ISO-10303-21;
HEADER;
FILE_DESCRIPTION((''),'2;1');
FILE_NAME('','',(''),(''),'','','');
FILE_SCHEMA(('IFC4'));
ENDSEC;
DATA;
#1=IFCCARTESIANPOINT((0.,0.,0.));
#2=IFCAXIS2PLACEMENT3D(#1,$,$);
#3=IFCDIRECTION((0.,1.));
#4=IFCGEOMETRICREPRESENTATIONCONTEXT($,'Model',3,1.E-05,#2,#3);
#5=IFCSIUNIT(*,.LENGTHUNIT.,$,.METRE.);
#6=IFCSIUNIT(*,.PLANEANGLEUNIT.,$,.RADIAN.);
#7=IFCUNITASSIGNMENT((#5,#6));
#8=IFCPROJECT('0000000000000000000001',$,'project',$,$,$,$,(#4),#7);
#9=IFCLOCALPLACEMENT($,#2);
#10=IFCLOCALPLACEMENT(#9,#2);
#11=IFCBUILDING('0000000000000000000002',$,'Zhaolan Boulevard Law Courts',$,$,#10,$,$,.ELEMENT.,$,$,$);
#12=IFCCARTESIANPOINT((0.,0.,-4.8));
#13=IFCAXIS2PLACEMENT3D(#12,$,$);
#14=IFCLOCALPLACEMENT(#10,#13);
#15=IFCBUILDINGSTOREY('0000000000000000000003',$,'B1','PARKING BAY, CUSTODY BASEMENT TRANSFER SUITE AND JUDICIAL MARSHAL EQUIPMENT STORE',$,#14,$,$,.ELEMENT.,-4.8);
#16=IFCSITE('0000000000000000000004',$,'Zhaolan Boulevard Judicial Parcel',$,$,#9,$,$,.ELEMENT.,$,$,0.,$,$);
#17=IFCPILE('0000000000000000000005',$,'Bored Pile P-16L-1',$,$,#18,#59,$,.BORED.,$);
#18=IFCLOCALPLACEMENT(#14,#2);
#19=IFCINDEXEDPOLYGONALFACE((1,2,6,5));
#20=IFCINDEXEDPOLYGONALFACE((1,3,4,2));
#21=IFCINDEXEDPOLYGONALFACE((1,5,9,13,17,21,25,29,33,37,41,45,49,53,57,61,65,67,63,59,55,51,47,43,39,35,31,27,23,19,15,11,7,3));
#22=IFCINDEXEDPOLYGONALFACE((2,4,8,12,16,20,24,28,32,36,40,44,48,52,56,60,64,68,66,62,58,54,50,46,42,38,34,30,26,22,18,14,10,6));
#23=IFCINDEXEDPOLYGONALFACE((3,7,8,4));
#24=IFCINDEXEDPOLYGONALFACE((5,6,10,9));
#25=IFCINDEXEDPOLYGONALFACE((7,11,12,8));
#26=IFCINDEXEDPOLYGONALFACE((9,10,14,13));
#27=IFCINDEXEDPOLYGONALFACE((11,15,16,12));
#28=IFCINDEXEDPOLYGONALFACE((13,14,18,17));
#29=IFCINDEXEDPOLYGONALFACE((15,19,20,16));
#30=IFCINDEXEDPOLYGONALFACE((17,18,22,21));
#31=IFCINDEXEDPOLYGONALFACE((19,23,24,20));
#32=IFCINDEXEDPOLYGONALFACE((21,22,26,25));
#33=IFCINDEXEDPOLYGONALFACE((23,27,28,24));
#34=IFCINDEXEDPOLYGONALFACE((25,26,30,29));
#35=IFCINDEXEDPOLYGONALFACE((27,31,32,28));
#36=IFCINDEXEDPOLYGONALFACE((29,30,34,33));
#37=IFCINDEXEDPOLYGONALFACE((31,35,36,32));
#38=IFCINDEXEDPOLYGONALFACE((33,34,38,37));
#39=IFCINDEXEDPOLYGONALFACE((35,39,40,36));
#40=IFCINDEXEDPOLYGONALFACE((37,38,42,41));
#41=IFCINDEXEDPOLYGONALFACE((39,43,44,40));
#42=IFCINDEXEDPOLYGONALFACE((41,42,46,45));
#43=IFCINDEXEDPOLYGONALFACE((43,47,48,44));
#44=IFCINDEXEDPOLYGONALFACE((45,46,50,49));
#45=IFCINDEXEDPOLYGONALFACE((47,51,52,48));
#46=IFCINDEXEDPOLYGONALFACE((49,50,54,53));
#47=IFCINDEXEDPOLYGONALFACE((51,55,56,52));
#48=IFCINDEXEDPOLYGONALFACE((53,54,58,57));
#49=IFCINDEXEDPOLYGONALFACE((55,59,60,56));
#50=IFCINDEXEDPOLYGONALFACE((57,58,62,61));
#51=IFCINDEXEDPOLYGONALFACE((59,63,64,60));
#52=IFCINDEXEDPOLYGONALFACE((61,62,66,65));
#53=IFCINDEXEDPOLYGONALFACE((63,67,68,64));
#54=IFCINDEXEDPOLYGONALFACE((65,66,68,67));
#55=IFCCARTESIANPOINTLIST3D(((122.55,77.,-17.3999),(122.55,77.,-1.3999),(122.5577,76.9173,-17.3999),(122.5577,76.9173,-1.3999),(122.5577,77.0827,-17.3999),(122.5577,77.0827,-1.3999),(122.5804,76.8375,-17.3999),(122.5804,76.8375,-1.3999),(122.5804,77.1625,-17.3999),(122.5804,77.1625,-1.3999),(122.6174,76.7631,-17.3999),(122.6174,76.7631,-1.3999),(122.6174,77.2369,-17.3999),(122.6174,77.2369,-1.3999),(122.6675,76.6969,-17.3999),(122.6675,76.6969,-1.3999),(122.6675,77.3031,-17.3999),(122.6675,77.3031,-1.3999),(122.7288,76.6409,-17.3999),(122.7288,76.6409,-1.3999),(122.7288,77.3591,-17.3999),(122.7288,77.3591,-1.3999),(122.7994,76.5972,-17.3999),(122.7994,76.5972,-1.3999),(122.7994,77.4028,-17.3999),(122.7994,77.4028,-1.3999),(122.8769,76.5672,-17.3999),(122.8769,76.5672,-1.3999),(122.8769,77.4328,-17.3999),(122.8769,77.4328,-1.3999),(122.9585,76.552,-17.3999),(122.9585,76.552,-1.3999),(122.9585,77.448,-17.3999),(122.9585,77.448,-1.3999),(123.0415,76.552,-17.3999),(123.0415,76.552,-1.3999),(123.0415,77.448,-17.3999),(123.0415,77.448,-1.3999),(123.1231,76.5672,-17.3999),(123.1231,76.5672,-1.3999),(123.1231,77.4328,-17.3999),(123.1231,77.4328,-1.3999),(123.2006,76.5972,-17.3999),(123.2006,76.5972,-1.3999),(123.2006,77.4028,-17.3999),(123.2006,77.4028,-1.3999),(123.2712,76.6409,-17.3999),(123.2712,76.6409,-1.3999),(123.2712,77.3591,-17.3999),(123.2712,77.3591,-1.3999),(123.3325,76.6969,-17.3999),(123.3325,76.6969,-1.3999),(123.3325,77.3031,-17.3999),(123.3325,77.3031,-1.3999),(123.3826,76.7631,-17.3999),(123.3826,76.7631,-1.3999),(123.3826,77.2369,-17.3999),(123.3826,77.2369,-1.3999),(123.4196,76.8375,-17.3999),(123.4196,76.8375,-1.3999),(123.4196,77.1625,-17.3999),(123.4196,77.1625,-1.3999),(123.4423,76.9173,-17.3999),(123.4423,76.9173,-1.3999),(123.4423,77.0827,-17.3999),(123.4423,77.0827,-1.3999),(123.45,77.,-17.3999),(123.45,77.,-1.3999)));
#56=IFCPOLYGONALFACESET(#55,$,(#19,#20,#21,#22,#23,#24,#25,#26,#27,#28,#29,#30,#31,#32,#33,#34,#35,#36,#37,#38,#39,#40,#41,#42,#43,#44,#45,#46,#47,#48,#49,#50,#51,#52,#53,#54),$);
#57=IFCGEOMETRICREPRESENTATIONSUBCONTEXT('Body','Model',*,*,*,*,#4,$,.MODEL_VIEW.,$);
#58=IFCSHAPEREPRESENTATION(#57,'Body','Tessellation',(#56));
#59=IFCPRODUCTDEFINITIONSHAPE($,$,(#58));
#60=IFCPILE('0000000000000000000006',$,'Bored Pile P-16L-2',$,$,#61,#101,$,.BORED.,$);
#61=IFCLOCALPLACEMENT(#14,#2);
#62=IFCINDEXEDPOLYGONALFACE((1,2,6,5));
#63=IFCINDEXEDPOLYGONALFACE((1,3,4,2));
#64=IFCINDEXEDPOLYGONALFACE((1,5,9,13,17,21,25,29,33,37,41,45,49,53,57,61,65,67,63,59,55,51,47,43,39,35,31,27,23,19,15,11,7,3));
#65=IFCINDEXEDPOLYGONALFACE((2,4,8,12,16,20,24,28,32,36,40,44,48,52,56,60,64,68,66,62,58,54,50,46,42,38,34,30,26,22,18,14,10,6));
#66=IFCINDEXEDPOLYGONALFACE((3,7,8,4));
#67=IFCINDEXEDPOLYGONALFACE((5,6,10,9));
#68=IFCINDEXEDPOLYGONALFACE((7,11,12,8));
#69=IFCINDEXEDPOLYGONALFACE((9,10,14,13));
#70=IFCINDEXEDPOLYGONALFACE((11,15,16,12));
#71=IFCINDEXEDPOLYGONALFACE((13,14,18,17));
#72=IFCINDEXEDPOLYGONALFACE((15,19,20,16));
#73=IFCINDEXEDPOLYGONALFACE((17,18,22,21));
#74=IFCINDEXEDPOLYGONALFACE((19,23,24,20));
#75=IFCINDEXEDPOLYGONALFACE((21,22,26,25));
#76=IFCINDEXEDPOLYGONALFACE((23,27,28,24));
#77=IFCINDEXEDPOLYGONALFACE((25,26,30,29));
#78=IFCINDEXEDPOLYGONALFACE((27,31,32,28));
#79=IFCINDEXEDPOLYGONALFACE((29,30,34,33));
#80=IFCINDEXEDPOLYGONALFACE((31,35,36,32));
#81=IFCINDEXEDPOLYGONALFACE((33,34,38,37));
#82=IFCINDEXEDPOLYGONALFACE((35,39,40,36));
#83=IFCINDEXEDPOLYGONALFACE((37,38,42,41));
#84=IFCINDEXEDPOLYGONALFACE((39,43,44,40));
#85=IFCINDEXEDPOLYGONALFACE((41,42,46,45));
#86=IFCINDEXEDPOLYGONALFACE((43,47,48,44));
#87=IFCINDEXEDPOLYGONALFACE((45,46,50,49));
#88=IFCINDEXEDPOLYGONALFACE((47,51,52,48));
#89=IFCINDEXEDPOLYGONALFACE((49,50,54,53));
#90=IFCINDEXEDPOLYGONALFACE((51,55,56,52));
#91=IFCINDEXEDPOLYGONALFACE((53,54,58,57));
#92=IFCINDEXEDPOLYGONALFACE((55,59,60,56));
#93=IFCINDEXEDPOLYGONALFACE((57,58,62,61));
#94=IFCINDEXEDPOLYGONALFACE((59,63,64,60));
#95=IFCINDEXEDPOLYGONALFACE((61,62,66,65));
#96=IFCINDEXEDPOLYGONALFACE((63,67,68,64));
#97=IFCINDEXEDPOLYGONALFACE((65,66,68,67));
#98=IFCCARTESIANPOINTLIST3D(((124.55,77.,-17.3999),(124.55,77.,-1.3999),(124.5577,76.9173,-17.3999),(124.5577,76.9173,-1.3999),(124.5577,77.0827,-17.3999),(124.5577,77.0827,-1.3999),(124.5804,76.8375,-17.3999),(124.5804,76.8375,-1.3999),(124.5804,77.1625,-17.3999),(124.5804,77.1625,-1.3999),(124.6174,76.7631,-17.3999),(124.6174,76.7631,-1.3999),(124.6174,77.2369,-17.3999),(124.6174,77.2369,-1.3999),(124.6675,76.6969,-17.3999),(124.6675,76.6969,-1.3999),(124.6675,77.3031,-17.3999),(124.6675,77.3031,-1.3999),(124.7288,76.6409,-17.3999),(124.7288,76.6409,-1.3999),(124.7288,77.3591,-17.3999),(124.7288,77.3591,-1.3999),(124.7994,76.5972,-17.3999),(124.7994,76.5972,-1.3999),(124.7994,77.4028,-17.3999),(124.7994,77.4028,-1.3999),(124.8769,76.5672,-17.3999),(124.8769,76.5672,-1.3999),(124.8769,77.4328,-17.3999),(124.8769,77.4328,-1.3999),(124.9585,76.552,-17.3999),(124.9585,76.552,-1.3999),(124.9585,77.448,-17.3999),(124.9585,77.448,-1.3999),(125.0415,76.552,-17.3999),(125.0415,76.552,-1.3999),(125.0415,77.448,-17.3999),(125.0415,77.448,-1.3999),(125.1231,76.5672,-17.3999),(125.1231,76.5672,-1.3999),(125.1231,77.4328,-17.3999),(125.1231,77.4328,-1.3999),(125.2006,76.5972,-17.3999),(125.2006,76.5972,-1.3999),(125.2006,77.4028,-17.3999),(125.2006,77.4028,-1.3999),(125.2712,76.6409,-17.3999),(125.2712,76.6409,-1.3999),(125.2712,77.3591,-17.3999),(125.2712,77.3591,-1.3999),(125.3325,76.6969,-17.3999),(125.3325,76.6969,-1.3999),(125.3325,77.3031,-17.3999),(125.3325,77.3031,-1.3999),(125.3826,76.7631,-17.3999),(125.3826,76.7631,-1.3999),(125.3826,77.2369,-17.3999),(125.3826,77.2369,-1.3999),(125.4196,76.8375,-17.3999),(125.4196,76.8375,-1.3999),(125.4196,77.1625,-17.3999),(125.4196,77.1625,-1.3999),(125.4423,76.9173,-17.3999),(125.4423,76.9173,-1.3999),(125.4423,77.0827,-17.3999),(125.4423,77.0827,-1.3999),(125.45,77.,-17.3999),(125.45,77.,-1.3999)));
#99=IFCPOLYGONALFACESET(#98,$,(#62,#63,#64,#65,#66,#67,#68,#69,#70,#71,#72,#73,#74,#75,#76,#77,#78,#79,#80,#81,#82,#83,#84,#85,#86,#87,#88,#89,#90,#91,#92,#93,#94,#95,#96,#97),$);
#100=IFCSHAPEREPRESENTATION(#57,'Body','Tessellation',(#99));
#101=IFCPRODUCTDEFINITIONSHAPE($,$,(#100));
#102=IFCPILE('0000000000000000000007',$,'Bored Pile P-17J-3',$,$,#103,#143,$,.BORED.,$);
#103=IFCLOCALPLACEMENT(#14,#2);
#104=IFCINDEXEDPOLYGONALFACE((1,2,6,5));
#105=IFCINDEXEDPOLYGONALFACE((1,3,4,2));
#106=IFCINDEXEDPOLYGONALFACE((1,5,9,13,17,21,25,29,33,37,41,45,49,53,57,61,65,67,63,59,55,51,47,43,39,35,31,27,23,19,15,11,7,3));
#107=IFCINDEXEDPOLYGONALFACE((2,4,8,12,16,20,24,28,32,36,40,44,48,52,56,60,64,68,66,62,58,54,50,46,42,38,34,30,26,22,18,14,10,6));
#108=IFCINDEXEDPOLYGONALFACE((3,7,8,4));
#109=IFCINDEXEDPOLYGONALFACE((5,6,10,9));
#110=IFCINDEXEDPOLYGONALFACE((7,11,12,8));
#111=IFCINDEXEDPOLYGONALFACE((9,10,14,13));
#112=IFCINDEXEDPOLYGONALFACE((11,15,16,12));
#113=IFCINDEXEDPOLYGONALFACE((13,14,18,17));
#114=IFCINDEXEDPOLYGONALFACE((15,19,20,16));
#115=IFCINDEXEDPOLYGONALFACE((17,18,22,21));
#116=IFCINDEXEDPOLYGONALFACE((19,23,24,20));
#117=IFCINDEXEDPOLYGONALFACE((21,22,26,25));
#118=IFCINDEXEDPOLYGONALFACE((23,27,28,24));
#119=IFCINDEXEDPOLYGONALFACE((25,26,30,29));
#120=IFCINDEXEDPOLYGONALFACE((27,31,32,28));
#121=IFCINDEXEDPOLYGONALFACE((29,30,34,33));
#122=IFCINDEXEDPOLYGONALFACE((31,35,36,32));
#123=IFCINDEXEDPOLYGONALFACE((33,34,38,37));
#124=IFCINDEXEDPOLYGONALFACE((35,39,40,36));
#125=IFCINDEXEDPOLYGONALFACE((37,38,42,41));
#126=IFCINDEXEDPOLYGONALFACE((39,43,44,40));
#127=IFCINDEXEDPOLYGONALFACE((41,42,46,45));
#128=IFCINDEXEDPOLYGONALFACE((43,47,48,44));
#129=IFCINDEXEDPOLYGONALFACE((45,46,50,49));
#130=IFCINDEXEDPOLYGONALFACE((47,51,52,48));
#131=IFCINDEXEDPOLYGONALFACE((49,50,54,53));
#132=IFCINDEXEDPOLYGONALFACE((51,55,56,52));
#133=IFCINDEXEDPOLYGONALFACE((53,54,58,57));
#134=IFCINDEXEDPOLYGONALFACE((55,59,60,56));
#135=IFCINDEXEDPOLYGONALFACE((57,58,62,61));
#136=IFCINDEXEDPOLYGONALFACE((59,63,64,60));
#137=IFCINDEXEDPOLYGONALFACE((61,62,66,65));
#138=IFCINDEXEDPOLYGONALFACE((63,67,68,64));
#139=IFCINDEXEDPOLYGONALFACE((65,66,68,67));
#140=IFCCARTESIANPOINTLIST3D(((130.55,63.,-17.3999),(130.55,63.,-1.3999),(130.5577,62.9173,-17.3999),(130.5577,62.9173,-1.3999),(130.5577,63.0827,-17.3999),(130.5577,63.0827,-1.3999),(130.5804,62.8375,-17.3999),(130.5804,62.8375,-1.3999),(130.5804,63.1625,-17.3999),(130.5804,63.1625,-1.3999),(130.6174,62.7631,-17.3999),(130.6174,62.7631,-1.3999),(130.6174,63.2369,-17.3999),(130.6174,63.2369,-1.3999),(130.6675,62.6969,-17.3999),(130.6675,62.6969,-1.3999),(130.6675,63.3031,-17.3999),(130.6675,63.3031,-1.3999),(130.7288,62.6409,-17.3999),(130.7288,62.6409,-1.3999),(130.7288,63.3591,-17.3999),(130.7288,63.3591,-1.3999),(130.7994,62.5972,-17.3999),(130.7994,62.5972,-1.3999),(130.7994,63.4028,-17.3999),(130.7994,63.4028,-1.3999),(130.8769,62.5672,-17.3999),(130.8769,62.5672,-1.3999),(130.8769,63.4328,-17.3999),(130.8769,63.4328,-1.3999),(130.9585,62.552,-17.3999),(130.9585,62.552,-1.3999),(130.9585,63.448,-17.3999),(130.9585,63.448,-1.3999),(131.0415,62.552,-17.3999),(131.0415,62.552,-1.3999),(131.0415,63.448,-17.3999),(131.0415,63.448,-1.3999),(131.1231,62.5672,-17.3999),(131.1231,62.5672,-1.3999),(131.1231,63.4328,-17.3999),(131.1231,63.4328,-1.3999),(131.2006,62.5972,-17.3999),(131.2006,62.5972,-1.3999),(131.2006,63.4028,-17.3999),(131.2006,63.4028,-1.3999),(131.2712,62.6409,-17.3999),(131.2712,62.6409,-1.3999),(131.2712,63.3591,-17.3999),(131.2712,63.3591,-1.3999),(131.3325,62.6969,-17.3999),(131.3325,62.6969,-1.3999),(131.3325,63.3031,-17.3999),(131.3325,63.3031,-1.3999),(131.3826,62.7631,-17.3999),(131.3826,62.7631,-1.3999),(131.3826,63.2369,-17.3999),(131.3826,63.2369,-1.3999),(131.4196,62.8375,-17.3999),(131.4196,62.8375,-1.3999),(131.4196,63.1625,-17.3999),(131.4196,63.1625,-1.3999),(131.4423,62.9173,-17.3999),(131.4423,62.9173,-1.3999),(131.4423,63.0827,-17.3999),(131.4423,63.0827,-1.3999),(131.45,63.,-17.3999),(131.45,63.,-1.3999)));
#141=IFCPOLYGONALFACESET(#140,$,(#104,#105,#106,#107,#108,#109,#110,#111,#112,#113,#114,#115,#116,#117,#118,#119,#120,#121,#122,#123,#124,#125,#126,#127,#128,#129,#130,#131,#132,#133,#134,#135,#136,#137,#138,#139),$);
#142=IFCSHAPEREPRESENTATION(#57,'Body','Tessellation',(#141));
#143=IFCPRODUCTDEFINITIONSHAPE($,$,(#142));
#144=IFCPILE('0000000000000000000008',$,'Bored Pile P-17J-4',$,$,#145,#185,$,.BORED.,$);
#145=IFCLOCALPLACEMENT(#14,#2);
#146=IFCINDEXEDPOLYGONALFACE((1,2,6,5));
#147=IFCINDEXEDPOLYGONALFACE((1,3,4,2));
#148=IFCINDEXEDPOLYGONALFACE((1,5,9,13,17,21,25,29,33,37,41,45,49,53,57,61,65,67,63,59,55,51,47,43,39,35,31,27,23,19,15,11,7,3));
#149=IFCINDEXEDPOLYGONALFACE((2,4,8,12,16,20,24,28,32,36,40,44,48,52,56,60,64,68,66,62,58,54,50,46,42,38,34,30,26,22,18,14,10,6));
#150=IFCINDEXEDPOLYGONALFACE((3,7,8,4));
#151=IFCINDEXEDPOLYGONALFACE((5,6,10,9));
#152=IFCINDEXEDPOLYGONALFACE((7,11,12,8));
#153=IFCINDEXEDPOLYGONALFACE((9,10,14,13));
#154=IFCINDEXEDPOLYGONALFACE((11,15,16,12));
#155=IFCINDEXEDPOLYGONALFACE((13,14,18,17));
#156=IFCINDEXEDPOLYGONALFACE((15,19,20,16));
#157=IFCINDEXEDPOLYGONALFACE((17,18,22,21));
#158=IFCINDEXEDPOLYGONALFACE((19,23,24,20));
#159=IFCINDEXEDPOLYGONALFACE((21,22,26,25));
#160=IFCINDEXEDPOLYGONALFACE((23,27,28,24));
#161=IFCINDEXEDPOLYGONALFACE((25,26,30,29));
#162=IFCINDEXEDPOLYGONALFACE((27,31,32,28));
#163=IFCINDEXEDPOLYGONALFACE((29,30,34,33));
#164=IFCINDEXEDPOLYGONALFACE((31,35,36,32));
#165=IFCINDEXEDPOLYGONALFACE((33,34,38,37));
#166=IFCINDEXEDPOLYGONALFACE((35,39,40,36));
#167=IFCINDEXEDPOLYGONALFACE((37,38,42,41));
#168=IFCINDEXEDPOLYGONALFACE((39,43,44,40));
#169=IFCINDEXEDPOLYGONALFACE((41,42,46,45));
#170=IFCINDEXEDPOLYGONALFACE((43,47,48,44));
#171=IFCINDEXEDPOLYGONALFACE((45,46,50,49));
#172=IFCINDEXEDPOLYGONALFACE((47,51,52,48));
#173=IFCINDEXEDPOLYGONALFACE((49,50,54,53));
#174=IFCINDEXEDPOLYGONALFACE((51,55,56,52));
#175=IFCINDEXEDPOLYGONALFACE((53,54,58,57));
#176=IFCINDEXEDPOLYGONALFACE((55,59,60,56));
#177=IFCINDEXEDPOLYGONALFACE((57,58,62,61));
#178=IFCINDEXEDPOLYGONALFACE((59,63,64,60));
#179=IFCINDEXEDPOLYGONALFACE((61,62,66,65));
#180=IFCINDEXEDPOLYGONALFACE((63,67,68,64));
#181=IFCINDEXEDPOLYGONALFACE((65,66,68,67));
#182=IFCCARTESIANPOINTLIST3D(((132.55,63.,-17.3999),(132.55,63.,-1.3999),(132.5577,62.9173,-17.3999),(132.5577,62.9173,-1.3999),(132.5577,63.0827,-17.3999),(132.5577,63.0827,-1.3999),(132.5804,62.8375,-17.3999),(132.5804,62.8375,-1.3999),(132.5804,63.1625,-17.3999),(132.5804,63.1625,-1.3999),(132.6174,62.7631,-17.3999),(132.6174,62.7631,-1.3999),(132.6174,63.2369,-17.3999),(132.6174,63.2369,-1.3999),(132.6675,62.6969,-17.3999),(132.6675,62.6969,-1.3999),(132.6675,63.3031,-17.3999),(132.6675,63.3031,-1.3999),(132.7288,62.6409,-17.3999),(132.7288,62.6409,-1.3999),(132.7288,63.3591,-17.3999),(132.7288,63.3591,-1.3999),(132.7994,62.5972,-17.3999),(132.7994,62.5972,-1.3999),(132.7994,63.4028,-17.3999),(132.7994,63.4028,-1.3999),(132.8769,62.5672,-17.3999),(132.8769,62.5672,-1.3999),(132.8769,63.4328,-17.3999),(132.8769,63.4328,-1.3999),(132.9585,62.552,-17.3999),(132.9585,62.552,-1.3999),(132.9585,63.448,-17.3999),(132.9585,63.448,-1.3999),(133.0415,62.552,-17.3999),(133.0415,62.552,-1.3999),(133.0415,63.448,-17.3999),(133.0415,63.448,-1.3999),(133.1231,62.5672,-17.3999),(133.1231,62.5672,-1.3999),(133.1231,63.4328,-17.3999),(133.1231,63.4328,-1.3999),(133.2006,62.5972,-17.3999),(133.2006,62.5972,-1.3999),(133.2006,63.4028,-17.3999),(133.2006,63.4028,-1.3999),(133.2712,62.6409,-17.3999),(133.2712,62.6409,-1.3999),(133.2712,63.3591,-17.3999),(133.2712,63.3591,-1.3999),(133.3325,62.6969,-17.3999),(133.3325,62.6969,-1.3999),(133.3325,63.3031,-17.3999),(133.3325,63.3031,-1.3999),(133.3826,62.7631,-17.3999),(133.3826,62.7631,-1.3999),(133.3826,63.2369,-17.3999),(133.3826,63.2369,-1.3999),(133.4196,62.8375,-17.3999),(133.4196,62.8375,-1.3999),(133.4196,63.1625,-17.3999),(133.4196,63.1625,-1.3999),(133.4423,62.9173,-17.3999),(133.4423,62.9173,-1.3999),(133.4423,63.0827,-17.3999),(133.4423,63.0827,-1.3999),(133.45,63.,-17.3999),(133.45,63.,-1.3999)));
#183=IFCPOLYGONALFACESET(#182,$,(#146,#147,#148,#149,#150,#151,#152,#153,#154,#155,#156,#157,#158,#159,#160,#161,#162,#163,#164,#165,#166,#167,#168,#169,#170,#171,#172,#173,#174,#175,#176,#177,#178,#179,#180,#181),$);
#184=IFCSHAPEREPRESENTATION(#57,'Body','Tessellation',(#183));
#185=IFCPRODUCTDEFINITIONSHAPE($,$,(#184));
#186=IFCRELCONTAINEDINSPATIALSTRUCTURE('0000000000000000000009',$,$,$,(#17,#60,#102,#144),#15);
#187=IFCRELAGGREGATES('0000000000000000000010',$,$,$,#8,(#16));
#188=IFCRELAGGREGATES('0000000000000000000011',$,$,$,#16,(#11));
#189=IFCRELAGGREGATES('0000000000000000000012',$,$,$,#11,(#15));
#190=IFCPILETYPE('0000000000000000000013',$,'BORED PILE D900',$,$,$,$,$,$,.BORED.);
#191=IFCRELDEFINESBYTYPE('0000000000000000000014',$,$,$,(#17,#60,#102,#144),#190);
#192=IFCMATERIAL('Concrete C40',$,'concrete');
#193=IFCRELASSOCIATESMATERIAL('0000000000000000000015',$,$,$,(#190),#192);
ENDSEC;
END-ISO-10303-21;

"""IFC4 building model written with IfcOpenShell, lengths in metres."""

from ifc_helpers import new_model, si_unit, direction, frame, origin, origin_2d, place, context, subcontext, project, spatial, circle, extrude, material, material_profile, profile_set, type_object, element, save


model = new_model("IFC4")

# Units and contexts
model_context = context("Model", 3, precision=1e-05, world=origin(), true_north=direction((0.0, 1.0)))
body_context = subcontext(model_context, "Body", "Model", "MODEL_VIEW")
ifc_project = project(units=[si_unit("LENGTHUNIT", "METRE"), si_unit("PLANEANGLEUNIT", "RADIAN")], contexts=[model_context])

# Site, building, storey
site_placement = place(None, origin())
site = spatial("IfcSite", under=ifc_project, at=site_placement, Name="Zhaolan Boulevard Judicial Parcel", CompositionType="ELEMENT", RefElevation=0.0)
building_placement = place(site_placement, origin())
building = spatial("IfcBuilding", under=site, at=building_placement, Name="Zhaolan Boulevard Law Courts", CompositionType="ELEMENT")
storey_placement = place(building_placement, frame((0.0, 0.0, -4.8)))
storey = spatial("IfcBuildingStorey", under=building, at=storey_placement, Name="B1", Description="PARKING BAY, CUSTODY BASEMENT TRANSFER SUITE AND JUDICIAL MARSHAL EQUIPMENT STORE", CompositionType="ELEMENT", Elevation=-4.8)

# Piles
ifc_material_1 = material(Name="Concrete C40", Category="concrete")
ifc_material_profile_1 = material_profile(ifc_material_1, circle(Radius=0.45, at=origin_2d()), Name="PILE-D900")
ifc_profile_set_1 = profile_set([ifc_material_profile_1], Name="Concrete C40")
pile_type = type_object("IfcPileType", Name="BORED PILE D900", PredefinedType="BORED", material=ifc_profile_set_1)
for number, where, z_axis, x_axis, name in (
    (1, (123.0, 77.0, -1.3999), (0.0, 0.0, -1.0), (1.0, 0.0, 0.0), "Bored Pile P-16L-1"),
    (2, (125.0, 77.0, -1.3999), (0.0, 0.0, -1.0), (1.0, 0.0, 0.0), "Bored Pile P-16L-2"),
    (3, (131.0, 63.0, -1.3999), (0.0, 0.0, -1.0), (1.0, 0.0, 0.0), "Bored Pile P-17J-3"),
    (4, (133.0, 63.0, -1.3999), (0.0, 0.0, -1.0), (1.0, 0.0, 0.0), "Bored Pile P-17J-4"),
):
    element("IfcPile", number, at=place(storey_placement, frame(where, z_axis=z_axis, x_axis=x_axis)), inside=storey, type_object=pile_type, Name=name, PredefinedType="BORED", context=body_context, shape_type="SweptSolid", body=[
        extrude(circle(Radius=0.45, at=origin_2d()), origin(), (0.0, 0.0, 1.0), 16.0),
    ])

save(model, "model.ifc")
